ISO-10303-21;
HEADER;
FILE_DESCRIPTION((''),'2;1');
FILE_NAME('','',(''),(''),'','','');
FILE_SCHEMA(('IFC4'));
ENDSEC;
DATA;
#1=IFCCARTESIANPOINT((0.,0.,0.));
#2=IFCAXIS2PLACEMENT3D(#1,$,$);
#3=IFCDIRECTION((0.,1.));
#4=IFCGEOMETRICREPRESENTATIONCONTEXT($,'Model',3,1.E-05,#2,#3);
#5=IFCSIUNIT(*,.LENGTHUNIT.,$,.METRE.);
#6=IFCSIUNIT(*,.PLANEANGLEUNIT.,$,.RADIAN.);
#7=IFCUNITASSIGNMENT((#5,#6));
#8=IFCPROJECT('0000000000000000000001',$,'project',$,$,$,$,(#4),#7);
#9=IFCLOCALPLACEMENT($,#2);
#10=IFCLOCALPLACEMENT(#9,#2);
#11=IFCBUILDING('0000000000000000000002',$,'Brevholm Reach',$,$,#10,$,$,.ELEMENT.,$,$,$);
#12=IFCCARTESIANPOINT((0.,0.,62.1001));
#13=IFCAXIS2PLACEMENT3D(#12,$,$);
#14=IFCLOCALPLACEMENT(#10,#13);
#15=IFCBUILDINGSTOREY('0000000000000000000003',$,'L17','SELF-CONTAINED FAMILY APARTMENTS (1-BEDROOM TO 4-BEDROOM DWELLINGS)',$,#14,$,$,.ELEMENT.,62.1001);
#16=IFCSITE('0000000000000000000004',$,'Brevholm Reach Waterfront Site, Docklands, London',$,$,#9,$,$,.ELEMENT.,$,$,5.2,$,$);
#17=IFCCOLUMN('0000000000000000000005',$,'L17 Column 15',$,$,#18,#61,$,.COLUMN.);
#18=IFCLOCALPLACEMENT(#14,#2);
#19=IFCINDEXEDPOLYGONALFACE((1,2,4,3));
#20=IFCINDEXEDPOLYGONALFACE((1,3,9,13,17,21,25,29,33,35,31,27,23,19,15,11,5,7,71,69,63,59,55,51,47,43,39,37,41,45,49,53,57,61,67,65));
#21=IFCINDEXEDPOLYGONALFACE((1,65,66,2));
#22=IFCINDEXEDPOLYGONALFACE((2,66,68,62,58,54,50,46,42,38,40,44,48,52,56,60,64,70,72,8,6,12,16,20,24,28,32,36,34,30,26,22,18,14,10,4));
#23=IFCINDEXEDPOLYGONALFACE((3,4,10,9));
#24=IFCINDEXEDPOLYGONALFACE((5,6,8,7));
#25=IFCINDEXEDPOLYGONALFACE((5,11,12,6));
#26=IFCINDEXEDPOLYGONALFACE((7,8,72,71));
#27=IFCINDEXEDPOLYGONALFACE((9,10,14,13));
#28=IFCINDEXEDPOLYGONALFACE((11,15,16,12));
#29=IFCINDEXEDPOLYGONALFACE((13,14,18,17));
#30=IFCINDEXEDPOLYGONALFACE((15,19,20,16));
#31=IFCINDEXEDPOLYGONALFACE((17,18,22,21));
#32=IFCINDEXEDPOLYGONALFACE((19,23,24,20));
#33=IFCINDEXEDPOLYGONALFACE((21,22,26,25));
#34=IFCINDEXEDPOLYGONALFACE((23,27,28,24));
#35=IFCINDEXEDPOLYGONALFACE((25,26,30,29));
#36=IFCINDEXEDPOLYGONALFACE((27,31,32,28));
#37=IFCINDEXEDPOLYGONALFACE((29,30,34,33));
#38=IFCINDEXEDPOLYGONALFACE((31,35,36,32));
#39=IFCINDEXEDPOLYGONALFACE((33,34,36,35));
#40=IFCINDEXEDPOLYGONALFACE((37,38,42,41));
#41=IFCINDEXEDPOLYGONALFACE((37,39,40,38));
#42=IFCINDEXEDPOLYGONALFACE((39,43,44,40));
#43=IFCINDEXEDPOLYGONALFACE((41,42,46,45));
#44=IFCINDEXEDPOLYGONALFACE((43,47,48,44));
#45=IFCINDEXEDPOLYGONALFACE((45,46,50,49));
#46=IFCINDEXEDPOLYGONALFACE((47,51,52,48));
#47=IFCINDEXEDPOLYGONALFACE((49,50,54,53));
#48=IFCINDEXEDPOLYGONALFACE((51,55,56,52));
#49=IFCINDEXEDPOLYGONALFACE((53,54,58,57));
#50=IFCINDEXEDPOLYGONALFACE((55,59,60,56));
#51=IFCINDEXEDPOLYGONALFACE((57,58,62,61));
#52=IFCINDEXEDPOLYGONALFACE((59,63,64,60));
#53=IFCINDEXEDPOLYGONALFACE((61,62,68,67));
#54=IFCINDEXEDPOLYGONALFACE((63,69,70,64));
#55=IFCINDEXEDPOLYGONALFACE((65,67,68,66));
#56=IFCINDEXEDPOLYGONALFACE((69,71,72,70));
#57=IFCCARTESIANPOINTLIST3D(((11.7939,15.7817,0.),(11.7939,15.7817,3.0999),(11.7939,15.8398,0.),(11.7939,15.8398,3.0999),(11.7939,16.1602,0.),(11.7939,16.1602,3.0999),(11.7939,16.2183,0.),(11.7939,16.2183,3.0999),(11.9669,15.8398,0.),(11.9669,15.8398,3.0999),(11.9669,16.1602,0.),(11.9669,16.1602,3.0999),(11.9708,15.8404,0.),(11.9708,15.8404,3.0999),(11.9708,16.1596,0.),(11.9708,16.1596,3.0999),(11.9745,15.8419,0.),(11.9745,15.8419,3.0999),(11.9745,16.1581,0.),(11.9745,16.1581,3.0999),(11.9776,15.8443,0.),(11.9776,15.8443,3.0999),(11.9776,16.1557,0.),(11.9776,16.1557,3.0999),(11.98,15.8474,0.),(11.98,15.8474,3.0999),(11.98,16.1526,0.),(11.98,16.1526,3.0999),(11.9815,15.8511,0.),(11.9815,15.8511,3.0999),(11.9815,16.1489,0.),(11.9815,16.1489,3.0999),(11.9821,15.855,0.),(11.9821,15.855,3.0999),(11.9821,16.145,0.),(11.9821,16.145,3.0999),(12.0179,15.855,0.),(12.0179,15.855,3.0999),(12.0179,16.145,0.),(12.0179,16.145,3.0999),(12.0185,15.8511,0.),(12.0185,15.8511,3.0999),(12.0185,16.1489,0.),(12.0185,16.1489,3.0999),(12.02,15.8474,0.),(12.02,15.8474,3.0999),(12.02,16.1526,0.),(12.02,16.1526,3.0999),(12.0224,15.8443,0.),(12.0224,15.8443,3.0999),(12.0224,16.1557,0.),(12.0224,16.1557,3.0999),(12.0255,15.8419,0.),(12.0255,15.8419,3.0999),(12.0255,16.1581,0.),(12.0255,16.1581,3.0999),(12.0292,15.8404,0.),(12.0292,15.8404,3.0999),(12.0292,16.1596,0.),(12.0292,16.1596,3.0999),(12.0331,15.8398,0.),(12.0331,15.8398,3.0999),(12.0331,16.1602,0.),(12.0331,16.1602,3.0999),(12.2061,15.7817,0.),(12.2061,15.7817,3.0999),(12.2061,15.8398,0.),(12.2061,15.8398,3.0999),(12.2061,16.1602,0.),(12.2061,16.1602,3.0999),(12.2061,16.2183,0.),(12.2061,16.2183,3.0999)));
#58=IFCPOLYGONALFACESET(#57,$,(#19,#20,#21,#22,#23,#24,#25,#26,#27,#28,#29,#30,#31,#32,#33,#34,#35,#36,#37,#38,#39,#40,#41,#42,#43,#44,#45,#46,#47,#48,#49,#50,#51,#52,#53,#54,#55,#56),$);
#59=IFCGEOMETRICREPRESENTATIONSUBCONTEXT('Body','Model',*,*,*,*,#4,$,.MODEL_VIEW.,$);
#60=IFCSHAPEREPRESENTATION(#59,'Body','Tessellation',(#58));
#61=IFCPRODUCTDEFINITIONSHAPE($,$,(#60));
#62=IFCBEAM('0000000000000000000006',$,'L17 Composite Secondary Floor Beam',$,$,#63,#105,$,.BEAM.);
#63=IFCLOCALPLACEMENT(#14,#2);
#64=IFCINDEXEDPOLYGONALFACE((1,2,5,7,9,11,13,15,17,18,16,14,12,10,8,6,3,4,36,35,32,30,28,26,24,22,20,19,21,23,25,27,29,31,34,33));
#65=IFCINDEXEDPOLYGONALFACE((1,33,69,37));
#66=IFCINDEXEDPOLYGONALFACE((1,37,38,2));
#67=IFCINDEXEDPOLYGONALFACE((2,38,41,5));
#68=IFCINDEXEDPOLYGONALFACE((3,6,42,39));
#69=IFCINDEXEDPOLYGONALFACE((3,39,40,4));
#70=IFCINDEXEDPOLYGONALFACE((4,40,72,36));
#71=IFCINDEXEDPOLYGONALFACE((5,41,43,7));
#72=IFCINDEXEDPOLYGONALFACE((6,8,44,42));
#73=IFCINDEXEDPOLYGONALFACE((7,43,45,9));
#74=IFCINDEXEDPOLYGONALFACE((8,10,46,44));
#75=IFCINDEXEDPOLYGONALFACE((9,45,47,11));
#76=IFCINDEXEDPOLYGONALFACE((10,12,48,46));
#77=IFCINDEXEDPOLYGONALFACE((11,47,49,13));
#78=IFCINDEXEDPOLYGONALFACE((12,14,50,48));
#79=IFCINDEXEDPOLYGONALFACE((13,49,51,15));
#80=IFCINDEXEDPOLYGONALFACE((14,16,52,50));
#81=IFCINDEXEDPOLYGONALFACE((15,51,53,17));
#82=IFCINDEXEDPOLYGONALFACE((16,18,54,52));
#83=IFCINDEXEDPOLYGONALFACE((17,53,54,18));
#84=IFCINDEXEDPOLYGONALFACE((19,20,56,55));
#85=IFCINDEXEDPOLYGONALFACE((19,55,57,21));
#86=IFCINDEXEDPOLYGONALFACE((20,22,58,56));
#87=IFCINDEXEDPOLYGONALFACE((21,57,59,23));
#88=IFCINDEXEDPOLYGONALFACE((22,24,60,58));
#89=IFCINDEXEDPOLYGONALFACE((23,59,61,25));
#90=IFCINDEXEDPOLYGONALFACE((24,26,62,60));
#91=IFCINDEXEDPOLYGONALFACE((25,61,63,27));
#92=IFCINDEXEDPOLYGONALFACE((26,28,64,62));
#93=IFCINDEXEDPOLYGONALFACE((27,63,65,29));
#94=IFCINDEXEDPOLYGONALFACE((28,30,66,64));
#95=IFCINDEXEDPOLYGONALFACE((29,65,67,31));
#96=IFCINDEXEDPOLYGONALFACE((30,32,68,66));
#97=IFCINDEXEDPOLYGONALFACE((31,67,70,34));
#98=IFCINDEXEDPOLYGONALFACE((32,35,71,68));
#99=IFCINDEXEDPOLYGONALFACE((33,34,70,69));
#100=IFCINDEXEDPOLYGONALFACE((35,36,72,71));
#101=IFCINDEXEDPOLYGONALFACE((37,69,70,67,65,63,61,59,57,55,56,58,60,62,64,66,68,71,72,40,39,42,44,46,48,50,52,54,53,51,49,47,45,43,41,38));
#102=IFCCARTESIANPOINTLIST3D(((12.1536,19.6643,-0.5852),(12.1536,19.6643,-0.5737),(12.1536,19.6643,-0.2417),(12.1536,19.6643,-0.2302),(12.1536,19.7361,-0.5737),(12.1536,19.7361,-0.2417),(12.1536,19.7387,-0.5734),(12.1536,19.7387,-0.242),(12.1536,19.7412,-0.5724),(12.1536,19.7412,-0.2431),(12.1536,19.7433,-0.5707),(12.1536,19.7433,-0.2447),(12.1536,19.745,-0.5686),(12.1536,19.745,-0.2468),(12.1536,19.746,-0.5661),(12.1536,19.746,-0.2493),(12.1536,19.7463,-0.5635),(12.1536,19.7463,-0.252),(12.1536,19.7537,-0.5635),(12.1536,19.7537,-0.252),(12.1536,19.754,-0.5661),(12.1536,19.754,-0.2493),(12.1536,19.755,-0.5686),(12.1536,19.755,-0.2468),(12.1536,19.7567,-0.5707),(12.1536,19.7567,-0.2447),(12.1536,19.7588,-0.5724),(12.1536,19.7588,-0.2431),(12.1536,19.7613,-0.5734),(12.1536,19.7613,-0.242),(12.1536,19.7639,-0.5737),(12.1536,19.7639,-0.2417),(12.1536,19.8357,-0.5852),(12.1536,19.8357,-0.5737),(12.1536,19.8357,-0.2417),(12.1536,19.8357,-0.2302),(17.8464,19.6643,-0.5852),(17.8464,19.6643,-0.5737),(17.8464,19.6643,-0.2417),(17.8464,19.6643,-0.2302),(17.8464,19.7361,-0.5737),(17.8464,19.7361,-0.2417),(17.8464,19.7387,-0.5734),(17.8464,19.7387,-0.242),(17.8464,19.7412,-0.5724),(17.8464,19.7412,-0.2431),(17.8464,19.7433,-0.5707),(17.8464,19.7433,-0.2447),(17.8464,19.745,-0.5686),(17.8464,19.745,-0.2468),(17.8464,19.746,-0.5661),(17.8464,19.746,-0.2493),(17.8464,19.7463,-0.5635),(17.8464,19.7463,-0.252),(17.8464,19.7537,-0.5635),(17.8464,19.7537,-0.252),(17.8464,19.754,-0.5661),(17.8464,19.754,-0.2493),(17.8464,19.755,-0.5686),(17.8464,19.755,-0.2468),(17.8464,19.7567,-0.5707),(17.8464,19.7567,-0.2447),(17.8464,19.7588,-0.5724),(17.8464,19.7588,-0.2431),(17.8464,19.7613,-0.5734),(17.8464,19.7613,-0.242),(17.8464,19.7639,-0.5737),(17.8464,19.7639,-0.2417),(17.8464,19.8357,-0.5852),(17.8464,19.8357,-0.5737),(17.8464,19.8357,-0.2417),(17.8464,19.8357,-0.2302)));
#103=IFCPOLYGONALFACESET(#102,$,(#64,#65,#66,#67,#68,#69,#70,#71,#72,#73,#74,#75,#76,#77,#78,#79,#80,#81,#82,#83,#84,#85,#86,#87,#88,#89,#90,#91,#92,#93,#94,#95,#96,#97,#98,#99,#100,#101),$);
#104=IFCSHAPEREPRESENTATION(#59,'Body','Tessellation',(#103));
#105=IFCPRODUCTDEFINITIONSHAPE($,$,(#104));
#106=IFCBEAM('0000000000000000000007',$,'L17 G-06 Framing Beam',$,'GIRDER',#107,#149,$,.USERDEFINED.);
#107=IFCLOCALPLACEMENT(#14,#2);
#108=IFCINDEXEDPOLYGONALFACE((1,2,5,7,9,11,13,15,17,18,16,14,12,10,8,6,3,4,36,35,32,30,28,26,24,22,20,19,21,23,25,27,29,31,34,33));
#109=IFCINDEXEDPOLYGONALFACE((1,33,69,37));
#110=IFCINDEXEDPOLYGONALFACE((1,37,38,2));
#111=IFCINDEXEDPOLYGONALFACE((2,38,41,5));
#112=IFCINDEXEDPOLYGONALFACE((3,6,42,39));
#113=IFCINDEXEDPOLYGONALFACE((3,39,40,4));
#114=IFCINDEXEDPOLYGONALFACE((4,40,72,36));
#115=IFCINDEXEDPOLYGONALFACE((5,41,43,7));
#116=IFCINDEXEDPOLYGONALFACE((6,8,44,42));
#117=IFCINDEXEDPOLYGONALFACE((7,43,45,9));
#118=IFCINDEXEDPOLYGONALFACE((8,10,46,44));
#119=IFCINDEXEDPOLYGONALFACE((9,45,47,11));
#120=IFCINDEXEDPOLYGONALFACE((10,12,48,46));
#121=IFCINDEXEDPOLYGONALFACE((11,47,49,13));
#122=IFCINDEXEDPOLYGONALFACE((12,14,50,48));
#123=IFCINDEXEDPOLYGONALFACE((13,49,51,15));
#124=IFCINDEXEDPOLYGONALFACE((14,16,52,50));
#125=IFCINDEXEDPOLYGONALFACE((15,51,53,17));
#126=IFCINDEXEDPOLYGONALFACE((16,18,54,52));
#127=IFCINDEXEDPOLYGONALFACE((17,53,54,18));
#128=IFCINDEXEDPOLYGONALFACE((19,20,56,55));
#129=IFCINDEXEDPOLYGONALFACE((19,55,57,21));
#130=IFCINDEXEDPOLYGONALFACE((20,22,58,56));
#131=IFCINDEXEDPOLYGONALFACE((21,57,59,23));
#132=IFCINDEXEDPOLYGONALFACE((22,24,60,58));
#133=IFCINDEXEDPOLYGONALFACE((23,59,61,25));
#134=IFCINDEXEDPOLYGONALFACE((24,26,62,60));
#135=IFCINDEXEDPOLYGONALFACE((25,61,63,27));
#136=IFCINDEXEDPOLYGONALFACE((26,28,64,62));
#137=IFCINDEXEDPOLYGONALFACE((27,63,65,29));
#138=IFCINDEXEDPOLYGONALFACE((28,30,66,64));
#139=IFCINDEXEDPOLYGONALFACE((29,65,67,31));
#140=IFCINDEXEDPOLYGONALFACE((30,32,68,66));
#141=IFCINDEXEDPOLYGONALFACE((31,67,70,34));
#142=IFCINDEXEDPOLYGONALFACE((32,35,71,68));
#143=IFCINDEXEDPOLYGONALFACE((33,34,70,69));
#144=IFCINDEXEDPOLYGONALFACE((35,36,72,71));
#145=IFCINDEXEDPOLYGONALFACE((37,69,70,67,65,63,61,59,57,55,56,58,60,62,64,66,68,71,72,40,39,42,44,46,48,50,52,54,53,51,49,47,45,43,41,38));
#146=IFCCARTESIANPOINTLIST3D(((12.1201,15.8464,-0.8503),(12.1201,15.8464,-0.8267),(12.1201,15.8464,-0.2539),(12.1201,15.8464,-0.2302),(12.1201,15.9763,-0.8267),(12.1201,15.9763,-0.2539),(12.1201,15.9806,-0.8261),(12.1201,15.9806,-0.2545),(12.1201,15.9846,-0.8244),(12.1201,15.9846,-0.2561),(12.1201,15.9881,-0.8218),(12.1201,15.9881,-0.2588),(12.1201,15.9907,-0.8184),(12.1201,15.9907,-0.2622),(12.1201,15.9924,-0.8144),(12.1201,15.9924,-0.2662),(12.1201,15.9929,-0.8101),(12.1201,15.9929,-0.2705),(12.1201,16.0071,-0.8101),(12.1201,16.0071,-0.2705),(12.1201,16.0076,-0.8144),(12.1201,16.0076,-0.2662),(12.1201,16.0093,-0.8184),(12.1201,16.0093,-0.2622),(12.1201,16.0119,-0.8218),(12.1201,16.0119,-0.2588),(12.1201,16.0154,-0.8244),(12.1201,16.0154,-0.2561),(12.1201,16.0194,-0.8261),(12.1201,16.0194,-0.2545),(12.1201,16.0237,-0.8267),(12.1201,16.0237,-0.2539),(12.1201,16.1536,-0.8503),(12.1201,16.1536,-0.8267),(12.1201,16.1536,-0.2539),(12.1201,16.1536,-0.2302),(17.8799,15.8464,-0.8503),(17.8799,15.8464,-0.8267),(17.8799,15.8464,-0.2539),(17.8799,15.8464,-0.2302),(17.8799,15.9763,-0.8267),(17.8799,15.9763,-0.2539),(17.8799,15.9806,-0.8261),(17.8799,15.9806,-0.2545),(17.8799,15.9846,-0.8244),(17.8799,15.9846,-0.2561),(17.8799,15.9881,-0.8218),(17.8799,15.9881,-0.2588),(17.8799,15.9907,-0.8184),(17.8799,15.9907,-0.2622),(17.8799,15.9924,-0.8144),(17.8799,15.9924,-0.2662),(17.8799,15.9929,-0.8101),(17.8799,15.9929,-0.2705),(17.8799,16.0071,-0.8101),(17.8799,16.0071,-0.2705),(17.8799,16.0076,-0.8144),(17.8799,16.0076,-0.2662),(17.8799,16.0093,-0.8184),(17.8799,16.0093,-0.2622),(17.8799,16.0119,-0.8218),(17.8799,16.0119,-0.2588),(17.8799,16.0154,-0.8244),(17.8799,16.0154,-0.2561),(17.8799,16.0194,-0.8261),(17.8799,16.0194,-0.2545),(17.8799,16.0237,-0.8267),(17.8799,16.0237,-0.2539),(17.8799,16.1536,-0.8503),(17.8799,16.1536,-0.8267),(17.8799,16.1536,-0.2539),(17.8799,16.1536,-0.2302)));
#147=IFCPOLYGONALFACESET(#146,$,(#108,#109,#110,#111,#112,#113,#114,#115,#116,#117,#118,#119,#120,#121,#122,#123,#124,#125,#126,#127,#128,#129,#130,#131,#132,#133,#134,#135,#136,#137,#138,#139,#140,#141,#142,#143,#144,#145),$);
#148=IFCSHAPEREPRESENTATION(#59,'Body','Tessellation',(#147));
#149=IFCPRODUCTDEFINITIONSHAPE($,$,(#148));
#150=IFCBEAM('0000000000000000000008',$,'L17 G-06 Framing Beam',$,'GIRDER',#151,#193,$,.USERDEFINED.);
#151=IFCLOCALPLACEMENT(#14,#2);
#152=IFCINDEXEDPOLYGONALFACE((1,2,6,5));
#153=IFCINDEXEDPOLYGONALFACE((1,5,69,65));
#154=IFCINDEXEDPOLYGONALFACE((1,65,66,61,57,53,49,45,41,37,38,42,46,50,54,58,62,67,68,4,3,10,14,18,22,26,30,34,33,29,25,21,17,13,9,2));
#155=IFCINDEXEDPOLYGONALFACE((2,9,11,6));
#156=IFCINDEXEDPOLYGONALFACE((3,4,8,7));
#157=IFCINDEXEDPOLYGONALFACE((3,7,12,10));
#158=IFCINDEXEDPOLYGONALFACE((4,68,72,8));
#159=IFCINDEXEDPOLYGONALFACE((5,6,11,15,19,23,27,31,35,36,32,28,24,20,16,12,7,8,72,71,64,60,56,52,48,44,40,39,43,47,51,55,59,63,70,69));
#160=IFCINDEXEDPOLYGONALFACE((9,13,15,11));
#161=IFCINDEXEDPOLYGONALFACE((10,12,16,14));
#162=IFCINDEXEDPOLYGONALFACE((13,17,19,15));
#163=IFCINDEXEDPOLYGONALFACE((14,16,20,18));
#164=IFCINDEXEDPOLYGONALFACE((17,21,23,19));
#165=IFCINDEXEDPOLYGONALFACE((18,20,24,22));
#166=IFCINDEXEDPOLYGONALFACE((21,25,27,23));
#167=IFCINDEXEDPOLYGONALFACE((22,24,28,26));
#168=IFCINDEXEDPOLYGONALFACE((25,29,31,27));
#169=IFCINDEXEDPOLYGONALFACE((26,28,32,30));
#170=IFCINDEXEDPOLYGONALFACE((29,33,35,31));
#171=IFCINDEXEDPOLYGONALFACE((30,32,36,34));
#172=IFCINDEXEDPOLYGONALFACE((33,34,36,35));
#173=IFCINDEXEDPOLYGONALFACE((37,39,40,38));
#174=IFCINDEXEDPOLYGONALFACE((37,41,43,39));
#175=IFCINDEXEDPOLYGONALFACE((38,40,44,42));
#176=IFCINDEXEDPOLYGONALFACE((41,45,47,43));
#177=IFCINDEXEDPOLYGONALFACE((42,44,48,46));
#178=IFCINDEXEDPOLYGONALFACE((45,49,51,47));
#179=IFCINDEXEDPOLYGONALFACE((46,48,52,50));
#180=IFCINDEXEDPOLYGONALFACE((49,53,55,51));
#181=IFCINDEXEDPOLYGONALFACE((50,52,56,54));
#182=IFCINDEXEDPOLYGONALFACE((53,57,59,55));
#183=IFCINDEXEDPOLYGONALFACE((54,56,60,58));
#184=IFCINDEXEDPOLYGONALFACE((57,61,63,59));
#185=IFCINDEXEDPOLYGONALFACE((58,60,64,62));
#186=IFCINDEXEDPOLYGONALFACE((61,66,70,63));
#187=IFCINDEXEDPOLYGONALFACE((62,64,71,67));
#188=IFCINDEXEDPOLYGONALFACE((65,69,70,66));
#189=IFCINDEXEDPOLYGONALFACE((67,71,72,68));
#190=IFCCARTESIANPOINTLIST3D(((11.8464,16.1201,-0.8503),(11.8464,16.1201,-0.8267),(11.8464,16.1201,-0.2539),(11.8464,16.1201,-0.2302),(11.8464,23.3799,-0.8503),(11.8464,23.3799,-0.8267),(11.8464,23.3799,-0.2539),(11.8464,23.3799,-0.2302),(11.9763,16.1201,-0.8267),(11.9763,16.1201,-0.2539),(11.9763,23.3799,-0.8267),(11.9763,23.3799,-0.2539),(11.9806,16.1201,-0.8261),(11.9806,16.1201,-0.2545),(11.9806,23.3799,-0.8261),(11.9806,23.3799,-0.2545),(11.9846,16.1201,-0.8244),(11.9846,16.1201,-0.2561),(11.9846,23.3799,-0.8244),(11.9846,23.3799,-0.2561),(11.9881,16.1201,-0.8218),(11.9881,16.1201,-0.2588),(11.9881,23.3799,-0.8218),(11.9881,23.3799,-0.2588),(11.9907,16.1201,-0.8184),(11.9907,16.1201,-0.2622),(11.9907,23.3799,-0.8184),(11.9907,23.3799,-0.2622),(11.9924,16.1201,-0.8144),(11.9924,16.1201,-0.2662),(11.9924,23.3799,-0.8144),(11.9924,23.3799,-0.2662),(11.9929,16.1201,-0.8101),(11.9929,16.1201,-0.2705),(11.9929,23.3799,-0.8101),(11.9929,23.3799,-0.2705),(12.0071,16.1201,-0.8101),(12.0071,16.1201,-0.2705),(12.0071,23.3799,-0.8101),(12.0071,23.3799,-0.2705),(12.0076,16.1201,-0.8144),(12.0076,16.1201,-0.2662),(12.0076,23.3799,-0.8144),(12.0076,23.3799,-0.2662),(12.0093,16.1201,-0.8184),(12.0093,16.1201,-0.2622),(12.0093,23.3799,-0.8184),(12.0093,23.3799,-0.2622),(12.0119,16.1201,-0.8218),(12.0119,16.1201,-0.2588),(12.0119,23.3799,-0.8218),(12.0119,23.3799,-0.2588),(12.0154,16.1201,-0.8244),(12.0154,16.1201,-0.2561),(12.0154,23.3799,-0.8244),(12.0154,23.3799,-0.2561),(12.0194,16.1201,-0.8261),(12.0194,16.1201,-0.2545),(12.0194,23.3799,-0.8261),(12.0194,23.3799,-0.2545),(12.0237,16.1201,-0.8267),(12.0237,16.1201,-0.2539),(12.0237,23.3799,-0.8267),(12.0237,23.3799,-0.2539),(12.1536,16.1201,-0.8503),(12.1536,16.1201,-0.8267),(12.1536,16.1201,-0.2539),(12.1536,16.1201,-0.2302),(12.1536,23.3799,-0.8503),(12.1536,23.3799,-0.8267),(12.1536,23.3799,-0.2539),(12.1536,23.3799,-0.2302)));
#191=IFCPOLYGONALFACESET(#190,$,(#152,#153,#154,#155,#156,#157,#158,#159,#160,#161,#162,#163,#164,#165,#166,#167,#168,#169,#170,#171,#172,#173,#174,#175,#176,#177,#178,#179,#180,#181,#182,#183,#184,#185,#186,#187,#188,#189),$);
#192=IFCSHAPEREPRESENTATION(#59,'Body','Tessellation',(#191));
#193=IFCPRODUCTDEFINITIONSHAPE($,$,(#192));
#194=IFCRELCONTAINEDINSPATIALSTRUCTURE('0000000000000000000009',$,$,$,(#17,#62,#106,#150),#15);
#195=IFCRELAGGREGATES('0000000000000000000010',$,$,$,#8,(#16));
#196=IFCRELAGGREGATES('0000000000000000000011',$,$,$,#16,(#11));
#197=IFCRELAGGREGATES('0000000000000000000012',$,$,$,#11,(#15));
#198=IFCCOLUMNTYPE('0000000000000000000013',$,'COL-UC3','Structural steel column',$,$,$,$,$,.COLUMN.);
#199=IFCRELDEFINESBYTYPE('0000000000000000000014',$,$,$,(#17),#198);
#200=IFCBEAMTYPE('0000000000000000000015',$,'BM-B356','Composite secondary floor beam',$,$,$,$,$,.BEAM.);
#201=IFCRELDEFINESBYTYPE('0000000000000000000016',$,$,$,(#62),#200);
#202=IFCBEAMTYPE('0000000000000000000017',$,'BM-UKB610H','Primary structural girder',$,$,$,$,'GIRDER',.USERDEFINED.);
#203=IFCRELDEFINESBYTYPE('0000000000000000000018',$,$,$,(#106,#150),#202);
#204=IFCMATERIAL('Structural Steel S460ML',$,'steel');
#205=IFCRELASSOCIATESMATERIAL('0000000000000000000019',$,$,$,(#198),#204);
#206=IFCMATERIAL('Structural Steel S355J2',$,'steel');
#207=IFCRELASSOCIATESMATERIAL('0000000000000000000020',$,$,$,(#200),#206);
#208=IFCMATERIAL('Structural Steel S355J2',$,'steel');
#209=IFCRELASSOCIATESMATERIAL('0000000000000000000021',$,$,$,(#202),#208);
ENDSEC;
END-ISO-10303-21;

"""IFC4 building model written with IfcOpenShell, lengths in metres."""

from ifc_helpers import new_model, si_unit, direction, frame, origin, origin_2d, place, context, subcontext, project, spatial, i_section, extrude, material, material_profile, profile_set, type_object, element, save


model = new_model("IFC4")

# Units and contexts
model_context = context("Model", 3, precision=1e-05, world=origin(), true_north=direction((0.0, 1.0)))
body_context = subcontext(model_context, "Body", "Model", "MODEL_VIEW")
ifc_project = project(units=[si_unit("LENGTHUNIT", "METRE"), si_unit("PLANEANGLEUNIT", "RADIAN")], contexts=[model_context])

# Site, building, storey
site_placement = place(None, origin())
site = spatial("IfcSite", under=ifc_project, at=site_placement, Name="Brevholm Reach Waterfront Site, Docklands, London", CompositionType="ELEMENT", RefElevation=5.2)
building_placement = place(site_placement, origin())
building = spatial("IfcBuilding", under=site, at=building_placement, Name="Brevholm Reach", CompositionType="ELEMENT")
storey_placement = place(building_placement, frame((0.0, 0.0, 62.1001)))
storey = spatial("IfcBuildingStorey", under=building, at=storey_placement, Name="L17", Description="SELF-CONTAINED FAMILY APARTMENTS (1-BEDROOM TO 4-BEDROOM DWELLINGS)", CompositionType="ELEMENT", Elevation=62.1001)

# Column
ifc_material_1 = material(Name="Structural Steel S460ML", Category="steel")
ifc_material_profile_1 = material_profile(ifc_material_1, i_section(OverallWidth=0.4121, OverallDepth=0.4365, WebThickness=0.0359, FlangeThickness=0.0581, FilletRadius=0.0151, at=origin_2d()), Name="UKC 356x406x467")
ifc_profile_set_1 = profile_set([ifc_material_profile_1], Name="Structural Steel S460ML")
column_type = type_object("IfcColumnType", Name="COL-UC3", Description="Structural steel column", PredefinedType="COLUMN", material=ifc_profile_set_1)
column_placement = place(storey_placement, frame((12.0, 16.0, 0.0), z_axis=(0.0, 0.0, 1.0), x_axis=(1.0, 0.0, 0.0)))
element("IfcColumn", 1, at=column_placement, inside=storey, type_object=column_type, Name="L17 Column 15", PredefinedType="COLUMN", context=body_context, shape_type="SweptSolid", body=[
    extrude(i_section(OverallWidth=0.4121, OverallDepth=0.4365, WebThickness=0.0359, FlangeThickness=0.0581, FilletRadius=0.0151, at=origin_2d()), origin(), (0.0, 0.0, 1.0), 3.0999),
])

# Beams
ifc_material_2 = material(Name="Structural Steel S355J2", Category="steel")
ifc_material_profile_2 = material_profile(ifc_material_2, i_section(OverallWidth=0.1714, OverallDepth=0.355, WebThickness=0.0073, FlangeThickness=0.0115, FilletRadius=0.0103, at=origin_2d()), Name="UKB 356x171x51")
ifc_profile_set_2 = profile_set([ifc_material_profile_2], Name="Structural Steel S355J2")
beam_type_1 = type_object("IfcBeamType", Name="BM-B356", Description="Composite secondary floor beam", PredefinedType="BEAM", material=ifc_profile_set_2)
beam_1_placement = place(storey_placement, frame((12.1536, 19.75, -0.4077), z_axis=(1.0, 0.0, 0.0), x_axis=(0.0, 1.0, 0.0)))
element("IfcBeam", 2, at=beam_1_placement, inside=storey, type_object=beam_type_1, Name="L17 Composite Secondary Floor Beam", PredefinedType="BEAM", context=body_context, shape_type="SweptSolid", body=[
    extrude(i_section(OverallWidth=0.1714, OverallDepth=0.355, WebThickness=0.0073, FlangeThickness=0.0115, FilletRadius=0.0103, at=origin_2d()), origin(), (0.0, 0.0, 1.0), 5.6929),
])
ifc_material_3 = material(Name="Structural Steel S355J2", Category="steel")
ifc_material_profile_3 = material_profile(ifc_material_3, i_section(OverallWidth=0.3071, OverallDepth=0.6201, WebThickness=0.0142, FlangeThickness=0.0237, FilletRadius=0.0166, at=origin_2d()), Name="UKB 610x305x179")
ifc_profile_set_3 = profile_set([ifc_material_profile_3], Name="Structural Steel S355J2")
beam_type_2 = type_object("IfcBeamType", Name="BM-UKB610H", Description="Primary structural girder", ElementType="GIRDER", PredefinedType="USERDEFINED", material=ifc_profile_set_3)
beam_2_placement = place(storey_placement, frame((12.1201, 16.0, -0.5403), z_axis=(1.0, 0.0, 0.0), x_axis=(0.0, 1.0, 0.0)))
element("IfcBeam", 3, at=beam_2_placement, inside=storey, type_object=beam_type_2, Name="L17 G-06 Framing Beam", ObjectType="GIRDER", PredefinedType="USERDEFINED", context=body_context, shape_type="SweptSolid", body=[
    extrude(i_section(OverallWidth=0.3071, OverallDepth=0.6201, WebThickness=0.0142, FlangeThickness=0.0237, FilletRadius=0.0166, at=origin_2d()), origin(), (0.0, 0.0, 1.0), 5.7598),
])
beam_3_placement = place(storey_placement, frame((12.0, 16.1201, -0.5403), z_axis=(0.0, 1.0, 0.0), x_axis=(-1.0, 0.0, 0.0)))
element("IfcBeam", 4, at=beam_3_placement, inside=storey, type_object=beam_type_2, Name="L17 G-06 Framing Beam", ObjectType="GIRDER", PredefinedType="USERDEFINED", context=body_context, shape_type="SweptSolid", body=[
    extrude(i_section(OverallWidth=0.3071, OverallDepth=0.6201, WebThickness=0.0142, FlangeThickness=0.0237, FilletRadius=0.0166, at=origin_2d()), origin(), (0.0, 0.0, 1.0), 7.2598),
])

save(model, "model.ifc")
